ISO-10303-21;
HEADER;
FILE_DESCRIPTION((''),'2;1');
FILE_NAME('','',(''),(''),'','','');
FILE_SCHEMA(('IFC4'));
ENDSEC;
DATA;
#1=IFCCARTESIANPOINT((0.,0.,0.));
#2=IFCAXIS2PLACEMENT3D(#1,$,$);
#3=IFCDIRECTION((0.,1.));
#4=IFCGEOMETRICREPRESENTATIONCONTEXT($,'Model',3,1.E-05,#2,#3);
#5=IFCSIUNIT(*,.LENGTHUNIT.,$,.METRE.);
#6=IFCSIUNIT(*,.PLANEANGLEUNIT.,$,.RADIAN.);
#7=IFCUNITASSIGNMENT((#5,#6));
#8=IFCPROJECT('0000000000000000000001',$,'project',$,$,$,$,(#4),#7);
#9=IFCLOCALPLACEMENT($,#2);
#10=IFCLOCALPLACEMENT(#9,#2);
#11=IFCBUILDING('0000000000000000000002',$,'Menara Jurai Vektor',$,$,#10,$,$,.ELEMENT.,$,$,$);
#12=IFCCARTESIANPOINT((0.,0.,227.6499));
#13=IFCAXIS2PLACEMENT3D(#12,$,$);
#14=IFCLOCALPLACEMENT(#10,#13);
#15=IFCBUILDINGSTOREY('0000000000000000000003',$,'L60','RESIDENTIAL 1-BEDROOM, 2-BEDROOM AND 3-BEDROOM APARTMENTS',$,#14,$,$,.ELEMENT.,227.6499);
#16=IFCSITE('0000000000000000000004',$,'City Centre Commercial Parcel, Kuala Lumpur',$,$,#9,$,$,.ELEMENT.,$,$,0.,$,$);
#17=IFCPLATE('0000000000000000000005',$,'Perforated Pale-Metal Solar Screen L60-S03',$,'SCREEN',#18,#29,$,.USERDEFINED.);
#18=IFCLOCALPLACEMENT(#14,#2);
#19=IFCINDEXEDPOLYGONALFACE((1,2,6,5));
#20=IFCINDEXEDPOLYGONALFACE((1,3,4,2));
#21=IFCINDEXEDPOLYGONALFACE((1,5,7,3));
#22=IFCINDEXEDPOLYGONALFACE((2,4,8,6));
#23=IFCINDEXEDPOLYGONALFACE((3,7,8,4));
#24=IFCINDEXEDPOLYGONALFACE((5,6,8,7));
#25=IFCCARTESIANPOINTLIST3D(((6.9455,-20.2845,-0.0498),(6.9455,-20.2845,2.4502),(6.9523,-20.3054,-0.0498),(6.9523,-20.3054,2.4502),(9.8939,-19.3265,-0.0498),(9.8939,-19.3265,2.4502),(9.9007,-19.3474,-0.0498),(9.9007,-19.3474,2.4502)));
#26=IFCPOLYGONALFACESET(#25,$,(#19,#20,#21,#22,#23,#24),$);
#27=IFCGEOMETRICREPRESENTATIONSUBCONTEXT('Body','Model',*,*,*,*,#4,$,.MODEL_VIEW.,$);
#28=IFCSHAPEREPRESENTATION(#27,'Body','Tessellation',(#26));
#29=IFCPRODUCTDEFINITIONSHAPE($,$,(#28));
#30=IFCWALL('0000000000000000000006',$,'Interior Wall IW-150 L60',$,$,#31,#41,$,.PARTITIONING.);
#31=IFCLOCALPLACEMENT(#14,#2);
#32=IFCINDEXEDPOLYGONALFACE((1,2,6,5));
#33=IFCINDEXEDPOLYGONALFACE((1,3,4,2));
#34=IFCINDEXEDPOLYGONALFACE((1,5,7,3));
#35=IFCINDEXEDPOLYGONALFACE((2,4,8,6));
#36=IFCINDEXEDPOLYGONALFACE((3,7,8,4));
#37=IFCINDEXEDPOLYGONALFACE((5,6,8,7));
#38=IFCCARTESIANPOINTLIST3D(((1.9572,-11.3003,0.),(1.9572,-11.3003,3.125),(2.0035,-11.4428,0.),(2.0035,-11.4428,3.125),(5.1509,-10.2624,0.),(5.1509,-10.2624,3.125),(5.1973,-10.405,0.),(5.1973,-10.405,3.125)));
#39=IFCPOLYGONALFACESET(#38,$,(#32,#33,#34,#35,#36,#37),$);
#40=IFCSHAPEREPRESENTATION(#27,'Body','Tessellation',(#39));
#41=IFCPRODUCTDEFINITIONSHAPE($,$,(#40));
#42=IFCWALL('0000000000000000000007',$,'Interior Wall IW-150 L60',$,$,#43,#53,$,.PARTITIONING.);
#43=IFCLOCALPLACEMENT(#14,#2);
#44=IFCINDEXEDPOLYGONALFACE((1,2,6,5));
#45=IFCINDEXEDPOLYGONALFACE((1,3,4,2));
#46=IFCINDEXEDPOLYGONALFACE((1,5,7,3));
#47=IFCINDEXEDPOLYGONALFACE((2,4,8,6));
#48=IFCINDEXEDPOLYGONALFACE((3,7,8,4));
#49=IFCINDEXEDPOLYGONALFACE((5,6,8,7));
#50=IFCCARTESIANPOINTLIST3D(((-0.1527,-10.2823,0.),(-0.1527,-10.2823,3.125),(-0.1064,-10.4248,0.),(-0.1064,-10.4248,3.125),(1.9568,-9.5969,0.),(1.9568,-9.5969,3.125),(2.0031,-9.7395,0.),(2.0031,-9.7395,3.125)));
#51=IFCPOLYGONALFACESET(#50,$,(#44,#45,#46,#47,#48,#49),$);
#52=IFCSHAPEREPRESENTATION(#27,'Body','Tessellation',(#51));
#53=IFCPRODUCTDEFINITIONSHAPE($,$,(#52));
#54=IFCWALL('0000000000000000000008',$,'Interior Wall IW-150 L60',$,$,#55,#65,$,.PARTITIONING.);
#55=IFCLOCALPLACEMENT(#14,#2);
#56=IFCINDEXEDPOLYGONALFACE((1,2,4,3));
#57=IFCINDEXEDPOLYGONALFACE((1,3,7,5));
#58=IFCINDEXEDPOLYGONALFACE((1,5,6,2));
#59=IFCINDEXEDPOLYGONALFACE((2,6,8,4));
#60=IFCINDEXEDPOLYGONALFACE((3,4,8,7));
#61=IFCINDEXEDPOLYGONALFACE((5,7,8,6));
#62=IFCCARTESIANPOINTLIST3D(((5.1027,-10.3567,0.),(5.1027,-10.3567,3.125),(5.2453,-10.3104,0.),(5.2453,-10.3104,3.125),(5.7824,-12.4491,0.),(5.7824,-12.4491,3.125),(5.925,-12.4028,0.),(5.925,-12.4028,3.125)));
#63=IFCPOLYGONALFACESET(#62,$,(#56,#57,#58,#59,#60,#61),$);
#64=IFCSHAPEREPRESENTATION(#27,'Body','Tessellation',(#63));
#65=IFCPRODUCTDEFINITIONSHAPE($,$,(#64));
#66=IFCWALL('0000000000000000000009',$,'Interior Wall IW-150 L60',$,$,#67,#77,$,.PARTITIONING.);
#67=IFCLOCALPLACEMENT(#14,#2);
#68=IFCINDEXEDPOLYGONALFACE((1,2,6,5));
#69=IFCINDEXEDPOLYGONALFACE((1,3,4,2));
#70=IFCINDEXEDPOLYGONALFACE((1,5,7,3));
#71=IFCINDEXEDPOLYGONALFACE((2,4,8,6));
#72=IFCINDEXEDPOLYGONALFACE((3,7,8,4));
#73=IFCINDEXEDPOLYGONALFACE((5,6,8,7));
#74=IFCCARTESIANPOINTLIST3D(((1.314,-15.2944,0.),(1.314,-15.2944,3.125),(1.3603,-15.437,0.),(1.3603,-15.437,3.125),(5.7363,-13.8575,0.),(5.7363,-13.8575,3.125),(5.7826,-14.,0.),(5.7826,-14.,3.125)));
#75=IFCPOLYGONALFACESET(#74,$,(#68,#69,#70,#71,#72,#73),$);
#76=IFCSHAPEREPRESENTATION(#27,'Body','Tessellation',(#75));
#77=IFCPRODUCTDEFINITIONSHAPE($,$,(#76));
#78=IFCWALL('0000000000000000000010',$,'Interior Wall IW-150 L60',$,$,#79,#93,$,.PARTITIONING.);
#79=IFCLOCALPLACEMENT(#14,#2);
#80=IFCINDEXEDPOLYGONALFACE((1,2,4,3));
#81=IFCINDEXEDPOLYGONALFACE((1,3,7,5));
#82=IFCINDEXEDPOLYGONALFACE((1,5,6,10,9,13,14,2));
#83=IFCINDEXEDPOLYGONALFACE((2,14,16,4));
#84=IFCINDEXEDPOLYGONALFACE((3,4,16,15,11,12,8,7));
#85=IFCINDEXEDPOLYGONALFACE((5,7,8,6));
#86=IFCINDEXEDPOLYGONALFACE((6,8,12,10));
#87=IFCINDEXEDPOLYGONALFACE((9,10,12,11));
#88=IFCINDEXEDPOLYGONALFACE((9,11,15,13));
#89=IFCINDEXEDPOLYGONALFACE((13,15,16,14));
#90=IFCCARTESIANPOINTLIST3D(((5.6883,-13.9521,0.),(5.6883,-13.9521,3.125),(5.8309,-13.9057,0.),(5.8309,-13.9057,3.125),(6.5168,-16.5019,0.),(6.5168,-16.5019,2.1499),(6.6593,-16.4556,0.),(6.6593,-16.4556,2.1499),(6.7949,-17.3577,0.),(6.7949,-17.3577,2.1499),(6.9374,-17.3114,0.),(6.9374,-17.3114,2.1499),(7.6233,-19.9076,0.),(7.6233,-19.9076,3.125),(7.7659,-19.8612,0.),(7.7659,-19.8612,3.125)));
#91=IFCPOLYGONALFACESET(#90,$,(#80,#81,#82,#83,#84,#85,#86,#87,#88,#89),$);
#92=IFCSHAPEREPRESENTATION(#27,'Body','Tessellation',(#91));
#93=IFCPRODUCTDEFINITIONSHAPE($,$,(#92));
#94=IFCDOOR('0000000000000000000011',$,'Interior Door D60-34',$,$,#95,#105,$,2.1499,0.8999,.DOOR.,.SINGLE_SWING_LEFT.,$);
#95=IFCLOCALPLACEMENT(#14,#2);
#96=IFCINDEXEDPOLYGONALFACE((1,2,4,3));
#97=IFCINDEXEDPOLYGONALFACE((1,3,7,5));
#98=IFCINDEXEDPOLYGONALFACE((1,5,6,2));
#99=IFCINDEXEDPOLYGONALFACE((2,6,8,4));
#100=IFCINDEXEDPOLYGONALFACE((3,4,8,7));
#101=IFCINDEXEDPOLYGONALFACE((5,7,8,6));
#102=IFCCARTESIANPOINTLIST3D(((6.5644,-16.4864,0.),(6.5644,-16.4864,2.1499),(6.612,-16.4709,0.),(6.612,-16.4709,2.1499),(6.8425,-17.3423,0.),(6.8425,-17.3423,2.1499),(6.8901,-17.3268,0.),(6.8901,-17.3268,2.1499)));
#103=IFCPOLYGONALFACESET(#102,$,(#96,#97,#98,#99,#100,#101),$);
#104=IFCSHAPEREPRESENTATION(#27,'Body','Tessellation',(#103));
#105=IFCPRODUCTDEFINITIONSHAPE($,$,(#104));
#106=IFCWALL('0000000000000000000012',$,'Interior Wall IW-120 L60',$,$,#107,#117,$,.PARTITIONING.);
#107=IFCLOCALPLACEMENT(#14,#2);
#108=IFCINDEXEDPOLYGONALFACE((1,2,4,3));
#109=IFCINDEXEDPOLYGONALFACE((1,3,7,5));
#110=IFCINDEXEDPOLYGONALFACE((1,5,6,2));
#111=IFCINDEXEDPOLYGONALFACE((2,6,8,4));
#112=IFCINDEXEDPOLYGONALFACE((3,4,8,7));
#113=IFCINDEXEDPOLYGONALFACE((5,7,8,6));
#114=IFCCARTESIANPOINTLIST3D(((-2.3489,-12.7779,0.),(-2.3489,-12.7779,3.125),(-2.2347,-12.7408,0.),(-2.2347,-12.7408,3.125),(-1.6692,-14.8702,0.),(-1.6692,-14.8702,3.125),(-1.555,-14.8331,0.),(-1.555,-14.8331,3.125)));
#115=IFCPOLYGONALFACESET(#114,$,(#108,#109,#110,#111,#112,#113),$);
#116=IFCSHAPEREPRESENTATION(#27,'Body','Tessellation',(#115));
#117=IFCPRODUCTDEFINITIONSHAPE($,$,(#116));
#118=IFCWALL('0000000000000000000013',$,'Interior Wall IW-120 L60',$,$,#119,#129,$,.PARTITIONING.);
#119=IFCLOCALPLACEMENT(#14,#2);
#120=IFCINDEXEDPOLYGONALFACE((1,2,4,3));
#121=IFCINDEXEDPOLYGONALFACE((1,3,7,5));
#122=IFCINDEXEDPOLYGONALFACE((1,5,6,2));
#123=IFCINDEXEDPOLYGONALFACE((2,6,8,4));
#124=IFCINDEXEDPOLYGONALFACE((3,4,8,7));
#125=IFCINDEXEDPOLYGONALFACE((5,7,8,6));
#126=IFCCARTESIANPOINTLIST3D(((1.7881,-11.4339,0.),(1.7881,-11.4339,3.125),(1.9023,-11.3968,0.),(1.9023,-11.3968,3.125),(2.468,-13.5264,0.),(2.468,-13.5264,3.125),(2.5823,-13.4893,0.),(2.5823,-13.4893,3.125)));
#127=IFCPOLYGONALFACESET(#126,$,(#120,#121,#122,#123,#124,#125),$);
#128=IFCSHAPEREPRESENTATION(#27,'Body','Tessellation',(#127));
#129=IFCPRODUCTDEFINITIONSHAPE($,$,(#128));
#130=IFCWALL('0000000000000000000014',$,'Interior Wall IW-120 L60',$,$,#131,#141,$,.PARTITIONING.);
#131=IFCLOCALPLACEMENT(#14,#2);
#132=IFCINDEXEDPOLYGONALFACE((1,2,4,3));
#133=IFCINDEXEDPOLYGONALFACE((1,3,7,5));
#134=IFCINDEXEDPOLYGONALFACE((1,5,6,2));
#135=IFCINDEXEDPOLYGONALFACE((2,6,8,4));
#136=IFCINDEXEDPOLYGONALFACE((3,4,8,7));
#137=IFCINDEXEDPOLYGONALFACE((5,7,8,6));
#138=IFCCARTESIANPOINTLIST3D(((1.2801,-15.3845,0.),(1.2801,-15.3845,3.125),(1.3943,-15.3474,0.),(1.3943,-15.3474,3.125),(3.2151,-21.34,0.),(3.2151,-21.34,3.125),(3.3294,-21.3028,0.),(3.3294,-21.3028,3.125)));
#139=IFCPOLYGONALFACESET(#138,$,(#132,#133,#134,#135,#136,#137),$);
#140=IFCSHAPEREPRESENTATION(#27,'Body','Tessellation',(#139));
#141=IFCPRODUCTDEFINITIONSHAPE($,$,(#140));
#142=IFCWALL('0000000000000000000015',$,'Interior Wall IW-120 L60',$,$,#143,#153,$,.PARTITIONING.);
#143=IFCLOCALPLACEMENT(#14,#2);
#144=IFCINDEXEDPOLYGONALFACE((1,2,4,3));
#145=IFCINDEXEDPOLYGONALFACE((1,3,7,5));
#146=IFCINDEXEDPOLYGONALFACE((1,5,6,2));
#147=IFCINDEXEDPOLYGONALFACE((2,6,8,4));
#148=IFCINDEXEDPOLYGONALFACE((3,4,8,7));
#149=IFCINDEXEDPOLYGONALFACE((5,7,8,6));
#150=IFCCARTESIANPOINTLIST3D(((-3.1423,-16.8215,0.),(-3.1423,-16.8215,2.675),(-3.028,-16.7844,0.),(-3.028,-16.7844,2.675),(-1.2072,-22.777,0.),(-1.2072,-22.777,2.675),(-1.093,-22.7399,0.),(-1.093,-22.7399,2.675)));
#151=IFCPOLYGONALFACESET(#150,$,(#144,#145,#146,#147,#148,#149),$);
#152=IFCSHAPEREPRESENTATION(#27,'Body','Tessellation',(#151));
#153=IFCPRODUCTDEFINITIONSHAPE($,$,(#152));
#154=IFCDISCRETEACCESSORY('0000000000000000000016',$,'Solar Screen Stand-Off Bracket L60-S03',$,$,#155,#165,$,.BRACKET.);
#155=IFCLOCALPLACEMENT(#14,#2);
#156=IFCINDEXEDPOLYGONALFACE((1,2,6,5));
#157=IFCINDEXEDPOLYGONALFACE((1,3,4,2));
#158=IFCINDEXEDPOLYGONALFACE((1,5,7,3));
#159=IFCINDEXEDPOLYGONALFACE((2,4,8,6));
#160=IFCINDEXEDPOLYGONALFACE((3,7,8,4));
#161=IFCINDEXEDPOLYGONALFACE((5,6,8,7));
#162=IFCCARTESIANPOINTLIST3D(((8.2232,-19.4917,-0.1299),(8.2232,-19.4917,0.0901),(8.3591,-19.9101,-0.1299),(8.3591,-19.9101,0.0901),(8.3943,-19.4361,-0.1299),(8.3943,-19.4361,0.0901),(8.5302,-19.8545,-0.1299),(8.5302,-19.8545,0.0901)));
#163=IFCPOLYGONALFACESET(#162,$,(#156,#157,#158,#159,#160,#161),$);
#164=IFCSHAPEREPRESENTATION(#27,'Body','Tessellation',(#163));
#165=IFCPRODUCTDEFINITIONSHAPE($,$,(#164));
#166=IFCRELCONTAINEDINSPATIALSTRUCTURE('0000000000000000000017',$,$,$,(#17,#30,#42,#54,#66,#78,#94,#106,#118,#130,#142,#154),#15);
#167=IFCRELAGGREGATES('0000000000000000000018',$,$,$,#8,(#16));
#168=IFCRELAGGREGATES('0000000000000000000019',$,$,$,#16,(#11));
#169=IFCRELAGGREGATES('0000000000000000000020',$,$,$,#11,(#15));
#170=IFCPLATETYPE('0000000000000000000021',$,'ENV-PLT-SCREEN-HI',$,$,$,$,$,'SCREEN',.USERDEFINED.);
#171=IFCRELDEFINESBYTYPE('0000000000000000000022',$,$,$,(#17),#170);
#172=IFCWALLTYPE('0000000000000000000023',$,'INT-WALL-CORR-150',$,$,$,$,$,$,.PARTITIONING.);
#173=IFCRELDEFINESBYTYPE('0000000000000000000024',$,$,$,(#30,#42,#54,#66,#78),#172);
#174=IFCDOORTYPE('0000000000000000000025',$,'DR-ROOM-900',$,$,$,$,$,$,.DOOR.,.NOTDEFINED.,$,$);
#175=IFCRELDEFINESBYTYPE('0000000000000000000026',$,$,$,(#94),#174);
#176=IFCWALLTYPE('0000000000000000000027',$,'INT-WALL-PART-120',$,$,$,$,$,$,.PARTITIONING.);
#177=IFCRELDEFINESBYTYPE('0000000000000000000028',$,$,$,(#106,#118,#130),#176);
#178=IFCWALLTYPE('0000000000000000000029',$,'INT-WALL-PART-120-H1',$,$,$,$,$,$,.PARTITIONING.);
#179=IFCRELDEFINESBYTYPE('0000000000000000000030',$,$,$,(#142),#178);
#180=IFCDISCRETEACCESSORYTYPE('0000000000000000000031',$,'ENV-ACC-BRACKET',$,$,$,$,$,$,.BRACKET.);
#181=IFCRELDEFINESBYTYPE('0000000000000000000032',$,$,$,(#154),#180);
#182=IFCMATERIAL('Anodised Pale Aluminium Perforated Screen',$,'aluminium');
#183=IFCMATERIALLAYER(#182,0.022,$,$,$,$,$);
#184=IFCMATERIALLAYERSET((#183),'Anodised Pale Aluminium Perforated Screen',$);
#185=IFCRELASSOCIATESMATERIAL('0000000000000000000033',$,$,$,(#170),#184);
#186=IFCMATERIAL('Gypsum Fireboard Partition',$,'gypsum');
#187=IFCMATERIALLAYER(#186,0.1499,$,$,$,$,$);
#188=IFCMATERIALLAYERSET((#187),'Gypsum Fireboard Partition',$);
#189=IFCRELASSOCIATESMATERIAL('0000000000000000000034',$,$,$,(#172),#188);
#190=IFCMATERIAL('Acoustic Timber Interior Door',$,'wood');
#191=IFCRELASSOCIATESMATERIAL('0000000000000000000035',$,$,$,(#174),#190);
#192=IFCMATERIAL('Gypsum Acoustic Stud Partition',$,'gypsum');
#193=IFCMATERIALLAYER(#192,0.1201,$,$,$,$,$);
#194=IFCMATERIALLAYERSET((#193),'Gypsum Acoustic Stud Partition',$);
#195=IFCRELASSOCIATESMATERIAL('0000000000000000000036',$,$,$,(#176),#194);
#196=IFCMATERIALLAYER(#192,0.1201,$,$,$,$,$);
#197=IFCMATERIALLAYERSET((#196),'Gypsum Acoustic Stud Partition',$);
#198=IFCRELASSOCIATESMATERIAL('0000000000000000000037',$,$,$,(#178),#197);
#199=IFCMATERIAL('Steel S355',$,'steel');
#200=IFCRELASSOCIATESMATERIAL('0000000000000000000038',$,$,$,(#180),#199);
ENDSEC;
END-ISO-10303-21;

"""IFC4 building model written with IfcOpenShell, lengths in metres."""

from ifc_helpers import new_model, si_unit, direction, frame, frame_2d, origin, origin_2d, place, context, subcontext, project, spatial, rectangle, extrude, material, layer, layer_set, type_object, element, fill, save


model = new_model("IFC4")

# Units and contexts
model_context = context("Model", 3, precision=1e-05, world=origin(), true_north=direction((0.0, 1.0)))
body_context = subcontext(model_context, "Body", "Model", "MODEL_VIEW")
ifc_project = project(units=[si_unit("LENGTHUNIT", "METRE"), si_unit("PLANEANGLEUNIT", "RADIAN")], contexts=[model_context])

# Site, building, storey
site_placement = place(None, origin())
site = spatial("IfcSite", under=ifc_project, at=site_placement, Name="City Centre Commercial Parcel, Kuala Lumpur", CompositionType="ELEMENT", RefElevation=0.0)
building_placement = place(site_placement, origin())
building = spatial("IfcBuilding", under=site, at=building_placement, Name="Menara Jurai Vektor", CompositionType="ELEMENT")
storey_placement = place(building_placement, frame((0.0, 0.0, 227.6499)))
storey = spatial("IfcBuildingStorey", under=building, at=storey_placement, Name="L60", Description="RESIDENTIAL 1-BEDROOM, 2-BEDROOM AND 3-BEDROOM APARTMENTS", CompositionType="ELEMENT", Elevation=227.6499)

# Shared definitions
ifc_material_1 = material(Name="Steel S355", Category="steel")

# Plate
ifc_material_2 = material(Name="Anodised Pale Aluminium Perforated Screen", Category="aluminium")
ifc_layer_1 = layer(ifc_material_2, 0.022)
ifc_layer_set_1 = layer_set([ifc_layer_1], Name="Anodised Pale Aluminium Perforated Screen")
plate_type_1 = type_object("IfcPlateType", Name="ENV-PLT-SCREEN-HI", ElementType="SCREEN", PredefinedType="USERDEFINED", material=ifc_layer_set_1)
plate_1_placement = place(storey_placement, frame((8.4231, -19.8159, -0.0498), z_axis=(0.0, 0.0, 1.0), x_axis=(0.951057, 0.309017, 0.0)))
element("IfcPlate", 1, at=plate_1_placement, inside=storey, type_object=plate_type_1, Name="Perforated Pale-Metal Solar Screen L60-S03", ObjectType="SCREEN", PredefinedType="USERDEFINED", context=body_context, shape_type="SweptSolid", body=[
    extrude(rectangle(XDim=3.1001, YDim=0.022, at=origin_2d()), origin(), (0.0, 0.0, 1.0), 2.5),
])

# Walls
ifc_material_3 = material(Name="Gypsum Fireboard Partition", Category="gypsum")
ifc_layer_2 = layer(ifc_material_3, 0.1499)
ifc_layer_set_2 = layer_set([ifc_layer_2], Name="Gypsum Fireboard Partition")
wall_type_1 = type_object("IfcWallType", Name="INT-WALL-CORR-150", PredefinedType="PARTITIONING", material=ifc_layer_set_2)
wall_1_placement = place(storey_placement, frame((1.9802, -11.3716, 0.0), z_axis=(0.0, 0.0, 1.0), x_axis=(0.951048, 0.309043, 0.0)))
element("IfcWall", 2, at=wall_1_placement, inside=storey, type_object=wall_type_1, Name="Interior Wall IW-150 L60", PredefinedType="PARTITIONING", context=body_context, shape_type="SweptSolid", body=[
    extrude(rectangle(XDim=3.3582, YDim=0.1499, at=frame_2d((1.6792, 0.0))), origin(), (0.0, 0.0, 1.0), 3.125),
])
wall_2_placement = place(storey_placement, frame((-0.1294, -10.3535, 0.0), z_axis=(0.0, 0.0, 1.0), x_axis=(0.951066, 0.308987, 0.0)))
element("IfcWall", 3, at=wall_2_placement, inside=storey, type_object=wall_type_1, Name="Interior Wall IW-150 L60", PredefinedType="PARTITIONING", context=body_context, shape_type="SweptSolid", body=[
    extrude(rectangle(XDim=2.218, YDim=0.1499, at=frame_2d((1.1089, 0.0))), origin(), (0.0, 0.0, 1.0), 3.125),
])

# Shared definitions
ifc_material_4 = material(Name="Acoustic Timber Interior Door", Category="wood")
door_type_1 = type_object("IfcDoorType", Name="DR-ROOM-900", OperationType="NOTDEFINED", PredefinedType="DOOR", material=ifc_material_4)

# Walls
wall_3_placement = place(storey_placement, frame((5.8538, -12.426, 0.0), z_axis=(0.0, 0.0, 1.0), x_axis=(-0.308961, 0.951075, 0.0)))
element("IfcWall", 4, at=wall_3_placement, inside=storey, type_object=wall_type_1, Name="Interior Wall IW-150 L60", PredefinedType="PARTITIONING", context=body_context, shape_type="SweptSolid", body=[
    extrude(rectangle(XDim=2.2, YDim=0.1499, at=frame_2d((1.1001, 0.0))), origin(), (0.0, 0.0, 1.0), 3.125),
])
wall_4_placement = place(storey_placement, frame((1.3372, -15.3657, 0.0), z_axis=(0.0, 0.0, 1.0), x_axis=(0.95105, 0.309036, 0.0)))
element("IfcWall", 5, at=wall_4_placement, inside=storey, type_object=wall_type_1, Name="Interior Wall IW-150 L60", PredefinedType="PARTITIONING", context=body_context, shape_type="SweptSolid", body=[
    extrude(rectangle(XDim=4.6499, YDim=0.1499, at=frame_2d((2.325, 0.0))), origin(), (0.0, 0.0, 1.0), 3.125),
])

# Wall, opening, door
wall_5_placement = place(storey_placement, frame((7.6946, -19.8843, 0.0), z_axis=(0.0, 0.0, 1.0), x_axis=(-0.309014, 0.951058, 0.0)))
wall_5 = element("IfcWall", 6, at=wall_5_placement, inside=storey, type_object=wall_type_1, Name="Interior Wall IW-150 L60", PredefinedType="PARTITIONING", context=body_context, shape_type="SweptSolid", body=[
    extrude(rectangle(XDim=6.262, YDim=0.1499, at=frame_2d((3.1309, 0.0))), origin(), (0.0, 0.0, 1.0), 3.125),
])
opening_1_placement = place(wall_5_placement, frame((2.6809, 0.0, 0.0)))
opening_1 = element("IfcOpeningElement", 7, at=opening_1_placement, cuts=wall_5, PredefinedType="OPENING", context=body_context, shape_type="SweptSolid", body=[
    extrude(rectangle(XDim=0.8999, YDim=2.1499, at=frame_2d((0.45, 1.075))), frame((0.0, 0.085, 0.0), z_axis=(0.0, -1.0, 0.0), x_axis=(1.0, 0.0, 0.0)), (0.0, 0.0, 1.0), 0.1699),
])
door_1_placement = place(opening_1_placement, origin())
door_1 = element("IfcDoor", 8, at=door_1_placement, inside=storey, type_object=door_type_1, Name="Interior Door D60-34", OperationType="SINGLE_SWING_LEFT", OverallHeight=2.1499, OverallWidth=0.8999, PredefinedType="DOOR", context=body_context, shape_type="SweptSolid", body=[
    extrude(rectangle(XDim=0.8999, YDim=2.1499, at=frame_2d((0.45, 1.075))), frame((0.0, 0.0249, 0.0), z_axis=(0.0, -1.0, 0.0), x_axis=(1.0, 0.0, 0.0)), (0.0, 0.0, 1.0), 0.05),
])
fill(opening_1, door_1)

# Walls
ifc_material_5 = material(Name="Gypsum Acoustic Stud Partition", Category="gypsum")
ifc_layer_3 = layer(ifc_material_5, 0.1201)
ifc_layer_set_3 = layer_set([ifc_layer_3], Name="Gypsum Acoustic Stud Partition")
wall_type_2 = type_object("IfcWallType", Name="INT-WALL-PART-120", PredefinedType="PARTITIONING", material=ifc_layer_set_3)
wall_6_placement = place(storey_placement, frame((-1.6121, -14.8518, 0.0), z_axis=(0.0, 0.0, 1.0), x_axis=(-0.308961, 0.951075, 0.0)))
element("IfcWall", 9, at=wall_6_placement, inside=storey, type_object=wall_type_2, Name="Interior Wall IW-120 L60", PredefinedType="PARTITIONING", context=body_context, shape_type="SweptSolid", body=[
    extrude(rectangle(XDim=2.2, YDim=0.1201, at=frame_2d((1.1001, 0.0))), origin(), (0.0, 0.0, 1.0), 3.125),
])
wall_7_placement = place(storey_placement, frame((2.5251, -13.5078, 0.0), z_axis=(0.0, 0.0, 1.0), x_axis=(-0.309028, 0.951053, 0.0)))
element("IfcWall", 10, at=wall_7_placement, inside=storey, type_object=wall_type_2, Name="Interior Wall IW-120 L60", PredefinedType="PARTITIONING", context=body_context, shape_type="SweptSolid", body=[
    extrude(rectangle(XDim=2.2002, YDim=0.1201, at=frame_2d((1.1001, 0.0))), origin(), (0.0, 0.0, 1.0), 3.125),
])
wall_8_placement = place(storey_placement, frame((3.2722, -21.3213, 0.0), z_axis=(0.0, 0.0, 1.0), x_axis=(-0.309014, 0.951058, 0.0)))
element("IfcWall", 11, at=wall_8_placement, inside=storey, type_object=wall_type_2, Name="Interior Wall IW-120 L60", PredefinedType="PARTITIONING", context=body_context, shape_type="SweptSolid", body=[
    extrude(rectangle(XDim=6.262, YDim=0.1201, at=frame_2d((3.1309, 0.0))), origin(), (0.0, 0.0, 1.0), 3.125),
])
ifc_layer_4 = layer(ifc_material_5, 0.1201)
ifc_layer_set_4 = layer_set([ifc_layer_4], Name="Gypsum Acoustic Stud Partition")
wall_type_3 = type_object("IfcWallType", Name="INT-WALL-PART-120-H1", PredefinedType="PARTITIONING", material=ifc_layer_set_4)
wall_9_placement = place(storey_placement, frame((-1.1501, -22.7583, 0.0), z_axis=(0.0, 0.0, 1.0), x_axis=(-0.309014, 0.951058, 0.0)))
element("IfcWall", 12, at=wall_9_placement, inside=storey, type_object=wall_type_3, Name="Interior Wall IW-120 L60", PredefinedType="PARTITIONING", context=body_context, shape_type="SweptSolid", body=[
    extrude(rectangle(XDim=6.262, YDim=0.1201, at=frame_2d((3.1309, 0.0))), origin(), (0.0, 0.0, 1.0), 2.675),
])

# Discrete accessory
discrete_accessory_type = type_object("IfcDiscreteAccessoryType", Name="ENV-ACC-BRACKET", PredefinedType="BRACKET", material=ifc_material_1)
discrete_accessory_placement = place(storey_placement, frame((8.3767, -19.6731, -0.1299), z_axis=(0.0, 0.0, 1.0), x_axis=(0.951057, 0.309017, 0.0)))
element("IfcDiscreteAccessory", 13, at=discrete_accessory_placement, inside=storey, type_object=discrete_accessory_type, Name="Solar Screen Stand-Off Bracket L60-S03", PredefinedType="BRACKET", context=body_context, shape_type="SweptSolid", body=[
    extrude(rectangle(XDim=0.1799, YDim=0.4399, at=origin_2d()), origin(), (0.0, 0.0, 1.0), 0.22),
])

save(model, "model.ifc")
